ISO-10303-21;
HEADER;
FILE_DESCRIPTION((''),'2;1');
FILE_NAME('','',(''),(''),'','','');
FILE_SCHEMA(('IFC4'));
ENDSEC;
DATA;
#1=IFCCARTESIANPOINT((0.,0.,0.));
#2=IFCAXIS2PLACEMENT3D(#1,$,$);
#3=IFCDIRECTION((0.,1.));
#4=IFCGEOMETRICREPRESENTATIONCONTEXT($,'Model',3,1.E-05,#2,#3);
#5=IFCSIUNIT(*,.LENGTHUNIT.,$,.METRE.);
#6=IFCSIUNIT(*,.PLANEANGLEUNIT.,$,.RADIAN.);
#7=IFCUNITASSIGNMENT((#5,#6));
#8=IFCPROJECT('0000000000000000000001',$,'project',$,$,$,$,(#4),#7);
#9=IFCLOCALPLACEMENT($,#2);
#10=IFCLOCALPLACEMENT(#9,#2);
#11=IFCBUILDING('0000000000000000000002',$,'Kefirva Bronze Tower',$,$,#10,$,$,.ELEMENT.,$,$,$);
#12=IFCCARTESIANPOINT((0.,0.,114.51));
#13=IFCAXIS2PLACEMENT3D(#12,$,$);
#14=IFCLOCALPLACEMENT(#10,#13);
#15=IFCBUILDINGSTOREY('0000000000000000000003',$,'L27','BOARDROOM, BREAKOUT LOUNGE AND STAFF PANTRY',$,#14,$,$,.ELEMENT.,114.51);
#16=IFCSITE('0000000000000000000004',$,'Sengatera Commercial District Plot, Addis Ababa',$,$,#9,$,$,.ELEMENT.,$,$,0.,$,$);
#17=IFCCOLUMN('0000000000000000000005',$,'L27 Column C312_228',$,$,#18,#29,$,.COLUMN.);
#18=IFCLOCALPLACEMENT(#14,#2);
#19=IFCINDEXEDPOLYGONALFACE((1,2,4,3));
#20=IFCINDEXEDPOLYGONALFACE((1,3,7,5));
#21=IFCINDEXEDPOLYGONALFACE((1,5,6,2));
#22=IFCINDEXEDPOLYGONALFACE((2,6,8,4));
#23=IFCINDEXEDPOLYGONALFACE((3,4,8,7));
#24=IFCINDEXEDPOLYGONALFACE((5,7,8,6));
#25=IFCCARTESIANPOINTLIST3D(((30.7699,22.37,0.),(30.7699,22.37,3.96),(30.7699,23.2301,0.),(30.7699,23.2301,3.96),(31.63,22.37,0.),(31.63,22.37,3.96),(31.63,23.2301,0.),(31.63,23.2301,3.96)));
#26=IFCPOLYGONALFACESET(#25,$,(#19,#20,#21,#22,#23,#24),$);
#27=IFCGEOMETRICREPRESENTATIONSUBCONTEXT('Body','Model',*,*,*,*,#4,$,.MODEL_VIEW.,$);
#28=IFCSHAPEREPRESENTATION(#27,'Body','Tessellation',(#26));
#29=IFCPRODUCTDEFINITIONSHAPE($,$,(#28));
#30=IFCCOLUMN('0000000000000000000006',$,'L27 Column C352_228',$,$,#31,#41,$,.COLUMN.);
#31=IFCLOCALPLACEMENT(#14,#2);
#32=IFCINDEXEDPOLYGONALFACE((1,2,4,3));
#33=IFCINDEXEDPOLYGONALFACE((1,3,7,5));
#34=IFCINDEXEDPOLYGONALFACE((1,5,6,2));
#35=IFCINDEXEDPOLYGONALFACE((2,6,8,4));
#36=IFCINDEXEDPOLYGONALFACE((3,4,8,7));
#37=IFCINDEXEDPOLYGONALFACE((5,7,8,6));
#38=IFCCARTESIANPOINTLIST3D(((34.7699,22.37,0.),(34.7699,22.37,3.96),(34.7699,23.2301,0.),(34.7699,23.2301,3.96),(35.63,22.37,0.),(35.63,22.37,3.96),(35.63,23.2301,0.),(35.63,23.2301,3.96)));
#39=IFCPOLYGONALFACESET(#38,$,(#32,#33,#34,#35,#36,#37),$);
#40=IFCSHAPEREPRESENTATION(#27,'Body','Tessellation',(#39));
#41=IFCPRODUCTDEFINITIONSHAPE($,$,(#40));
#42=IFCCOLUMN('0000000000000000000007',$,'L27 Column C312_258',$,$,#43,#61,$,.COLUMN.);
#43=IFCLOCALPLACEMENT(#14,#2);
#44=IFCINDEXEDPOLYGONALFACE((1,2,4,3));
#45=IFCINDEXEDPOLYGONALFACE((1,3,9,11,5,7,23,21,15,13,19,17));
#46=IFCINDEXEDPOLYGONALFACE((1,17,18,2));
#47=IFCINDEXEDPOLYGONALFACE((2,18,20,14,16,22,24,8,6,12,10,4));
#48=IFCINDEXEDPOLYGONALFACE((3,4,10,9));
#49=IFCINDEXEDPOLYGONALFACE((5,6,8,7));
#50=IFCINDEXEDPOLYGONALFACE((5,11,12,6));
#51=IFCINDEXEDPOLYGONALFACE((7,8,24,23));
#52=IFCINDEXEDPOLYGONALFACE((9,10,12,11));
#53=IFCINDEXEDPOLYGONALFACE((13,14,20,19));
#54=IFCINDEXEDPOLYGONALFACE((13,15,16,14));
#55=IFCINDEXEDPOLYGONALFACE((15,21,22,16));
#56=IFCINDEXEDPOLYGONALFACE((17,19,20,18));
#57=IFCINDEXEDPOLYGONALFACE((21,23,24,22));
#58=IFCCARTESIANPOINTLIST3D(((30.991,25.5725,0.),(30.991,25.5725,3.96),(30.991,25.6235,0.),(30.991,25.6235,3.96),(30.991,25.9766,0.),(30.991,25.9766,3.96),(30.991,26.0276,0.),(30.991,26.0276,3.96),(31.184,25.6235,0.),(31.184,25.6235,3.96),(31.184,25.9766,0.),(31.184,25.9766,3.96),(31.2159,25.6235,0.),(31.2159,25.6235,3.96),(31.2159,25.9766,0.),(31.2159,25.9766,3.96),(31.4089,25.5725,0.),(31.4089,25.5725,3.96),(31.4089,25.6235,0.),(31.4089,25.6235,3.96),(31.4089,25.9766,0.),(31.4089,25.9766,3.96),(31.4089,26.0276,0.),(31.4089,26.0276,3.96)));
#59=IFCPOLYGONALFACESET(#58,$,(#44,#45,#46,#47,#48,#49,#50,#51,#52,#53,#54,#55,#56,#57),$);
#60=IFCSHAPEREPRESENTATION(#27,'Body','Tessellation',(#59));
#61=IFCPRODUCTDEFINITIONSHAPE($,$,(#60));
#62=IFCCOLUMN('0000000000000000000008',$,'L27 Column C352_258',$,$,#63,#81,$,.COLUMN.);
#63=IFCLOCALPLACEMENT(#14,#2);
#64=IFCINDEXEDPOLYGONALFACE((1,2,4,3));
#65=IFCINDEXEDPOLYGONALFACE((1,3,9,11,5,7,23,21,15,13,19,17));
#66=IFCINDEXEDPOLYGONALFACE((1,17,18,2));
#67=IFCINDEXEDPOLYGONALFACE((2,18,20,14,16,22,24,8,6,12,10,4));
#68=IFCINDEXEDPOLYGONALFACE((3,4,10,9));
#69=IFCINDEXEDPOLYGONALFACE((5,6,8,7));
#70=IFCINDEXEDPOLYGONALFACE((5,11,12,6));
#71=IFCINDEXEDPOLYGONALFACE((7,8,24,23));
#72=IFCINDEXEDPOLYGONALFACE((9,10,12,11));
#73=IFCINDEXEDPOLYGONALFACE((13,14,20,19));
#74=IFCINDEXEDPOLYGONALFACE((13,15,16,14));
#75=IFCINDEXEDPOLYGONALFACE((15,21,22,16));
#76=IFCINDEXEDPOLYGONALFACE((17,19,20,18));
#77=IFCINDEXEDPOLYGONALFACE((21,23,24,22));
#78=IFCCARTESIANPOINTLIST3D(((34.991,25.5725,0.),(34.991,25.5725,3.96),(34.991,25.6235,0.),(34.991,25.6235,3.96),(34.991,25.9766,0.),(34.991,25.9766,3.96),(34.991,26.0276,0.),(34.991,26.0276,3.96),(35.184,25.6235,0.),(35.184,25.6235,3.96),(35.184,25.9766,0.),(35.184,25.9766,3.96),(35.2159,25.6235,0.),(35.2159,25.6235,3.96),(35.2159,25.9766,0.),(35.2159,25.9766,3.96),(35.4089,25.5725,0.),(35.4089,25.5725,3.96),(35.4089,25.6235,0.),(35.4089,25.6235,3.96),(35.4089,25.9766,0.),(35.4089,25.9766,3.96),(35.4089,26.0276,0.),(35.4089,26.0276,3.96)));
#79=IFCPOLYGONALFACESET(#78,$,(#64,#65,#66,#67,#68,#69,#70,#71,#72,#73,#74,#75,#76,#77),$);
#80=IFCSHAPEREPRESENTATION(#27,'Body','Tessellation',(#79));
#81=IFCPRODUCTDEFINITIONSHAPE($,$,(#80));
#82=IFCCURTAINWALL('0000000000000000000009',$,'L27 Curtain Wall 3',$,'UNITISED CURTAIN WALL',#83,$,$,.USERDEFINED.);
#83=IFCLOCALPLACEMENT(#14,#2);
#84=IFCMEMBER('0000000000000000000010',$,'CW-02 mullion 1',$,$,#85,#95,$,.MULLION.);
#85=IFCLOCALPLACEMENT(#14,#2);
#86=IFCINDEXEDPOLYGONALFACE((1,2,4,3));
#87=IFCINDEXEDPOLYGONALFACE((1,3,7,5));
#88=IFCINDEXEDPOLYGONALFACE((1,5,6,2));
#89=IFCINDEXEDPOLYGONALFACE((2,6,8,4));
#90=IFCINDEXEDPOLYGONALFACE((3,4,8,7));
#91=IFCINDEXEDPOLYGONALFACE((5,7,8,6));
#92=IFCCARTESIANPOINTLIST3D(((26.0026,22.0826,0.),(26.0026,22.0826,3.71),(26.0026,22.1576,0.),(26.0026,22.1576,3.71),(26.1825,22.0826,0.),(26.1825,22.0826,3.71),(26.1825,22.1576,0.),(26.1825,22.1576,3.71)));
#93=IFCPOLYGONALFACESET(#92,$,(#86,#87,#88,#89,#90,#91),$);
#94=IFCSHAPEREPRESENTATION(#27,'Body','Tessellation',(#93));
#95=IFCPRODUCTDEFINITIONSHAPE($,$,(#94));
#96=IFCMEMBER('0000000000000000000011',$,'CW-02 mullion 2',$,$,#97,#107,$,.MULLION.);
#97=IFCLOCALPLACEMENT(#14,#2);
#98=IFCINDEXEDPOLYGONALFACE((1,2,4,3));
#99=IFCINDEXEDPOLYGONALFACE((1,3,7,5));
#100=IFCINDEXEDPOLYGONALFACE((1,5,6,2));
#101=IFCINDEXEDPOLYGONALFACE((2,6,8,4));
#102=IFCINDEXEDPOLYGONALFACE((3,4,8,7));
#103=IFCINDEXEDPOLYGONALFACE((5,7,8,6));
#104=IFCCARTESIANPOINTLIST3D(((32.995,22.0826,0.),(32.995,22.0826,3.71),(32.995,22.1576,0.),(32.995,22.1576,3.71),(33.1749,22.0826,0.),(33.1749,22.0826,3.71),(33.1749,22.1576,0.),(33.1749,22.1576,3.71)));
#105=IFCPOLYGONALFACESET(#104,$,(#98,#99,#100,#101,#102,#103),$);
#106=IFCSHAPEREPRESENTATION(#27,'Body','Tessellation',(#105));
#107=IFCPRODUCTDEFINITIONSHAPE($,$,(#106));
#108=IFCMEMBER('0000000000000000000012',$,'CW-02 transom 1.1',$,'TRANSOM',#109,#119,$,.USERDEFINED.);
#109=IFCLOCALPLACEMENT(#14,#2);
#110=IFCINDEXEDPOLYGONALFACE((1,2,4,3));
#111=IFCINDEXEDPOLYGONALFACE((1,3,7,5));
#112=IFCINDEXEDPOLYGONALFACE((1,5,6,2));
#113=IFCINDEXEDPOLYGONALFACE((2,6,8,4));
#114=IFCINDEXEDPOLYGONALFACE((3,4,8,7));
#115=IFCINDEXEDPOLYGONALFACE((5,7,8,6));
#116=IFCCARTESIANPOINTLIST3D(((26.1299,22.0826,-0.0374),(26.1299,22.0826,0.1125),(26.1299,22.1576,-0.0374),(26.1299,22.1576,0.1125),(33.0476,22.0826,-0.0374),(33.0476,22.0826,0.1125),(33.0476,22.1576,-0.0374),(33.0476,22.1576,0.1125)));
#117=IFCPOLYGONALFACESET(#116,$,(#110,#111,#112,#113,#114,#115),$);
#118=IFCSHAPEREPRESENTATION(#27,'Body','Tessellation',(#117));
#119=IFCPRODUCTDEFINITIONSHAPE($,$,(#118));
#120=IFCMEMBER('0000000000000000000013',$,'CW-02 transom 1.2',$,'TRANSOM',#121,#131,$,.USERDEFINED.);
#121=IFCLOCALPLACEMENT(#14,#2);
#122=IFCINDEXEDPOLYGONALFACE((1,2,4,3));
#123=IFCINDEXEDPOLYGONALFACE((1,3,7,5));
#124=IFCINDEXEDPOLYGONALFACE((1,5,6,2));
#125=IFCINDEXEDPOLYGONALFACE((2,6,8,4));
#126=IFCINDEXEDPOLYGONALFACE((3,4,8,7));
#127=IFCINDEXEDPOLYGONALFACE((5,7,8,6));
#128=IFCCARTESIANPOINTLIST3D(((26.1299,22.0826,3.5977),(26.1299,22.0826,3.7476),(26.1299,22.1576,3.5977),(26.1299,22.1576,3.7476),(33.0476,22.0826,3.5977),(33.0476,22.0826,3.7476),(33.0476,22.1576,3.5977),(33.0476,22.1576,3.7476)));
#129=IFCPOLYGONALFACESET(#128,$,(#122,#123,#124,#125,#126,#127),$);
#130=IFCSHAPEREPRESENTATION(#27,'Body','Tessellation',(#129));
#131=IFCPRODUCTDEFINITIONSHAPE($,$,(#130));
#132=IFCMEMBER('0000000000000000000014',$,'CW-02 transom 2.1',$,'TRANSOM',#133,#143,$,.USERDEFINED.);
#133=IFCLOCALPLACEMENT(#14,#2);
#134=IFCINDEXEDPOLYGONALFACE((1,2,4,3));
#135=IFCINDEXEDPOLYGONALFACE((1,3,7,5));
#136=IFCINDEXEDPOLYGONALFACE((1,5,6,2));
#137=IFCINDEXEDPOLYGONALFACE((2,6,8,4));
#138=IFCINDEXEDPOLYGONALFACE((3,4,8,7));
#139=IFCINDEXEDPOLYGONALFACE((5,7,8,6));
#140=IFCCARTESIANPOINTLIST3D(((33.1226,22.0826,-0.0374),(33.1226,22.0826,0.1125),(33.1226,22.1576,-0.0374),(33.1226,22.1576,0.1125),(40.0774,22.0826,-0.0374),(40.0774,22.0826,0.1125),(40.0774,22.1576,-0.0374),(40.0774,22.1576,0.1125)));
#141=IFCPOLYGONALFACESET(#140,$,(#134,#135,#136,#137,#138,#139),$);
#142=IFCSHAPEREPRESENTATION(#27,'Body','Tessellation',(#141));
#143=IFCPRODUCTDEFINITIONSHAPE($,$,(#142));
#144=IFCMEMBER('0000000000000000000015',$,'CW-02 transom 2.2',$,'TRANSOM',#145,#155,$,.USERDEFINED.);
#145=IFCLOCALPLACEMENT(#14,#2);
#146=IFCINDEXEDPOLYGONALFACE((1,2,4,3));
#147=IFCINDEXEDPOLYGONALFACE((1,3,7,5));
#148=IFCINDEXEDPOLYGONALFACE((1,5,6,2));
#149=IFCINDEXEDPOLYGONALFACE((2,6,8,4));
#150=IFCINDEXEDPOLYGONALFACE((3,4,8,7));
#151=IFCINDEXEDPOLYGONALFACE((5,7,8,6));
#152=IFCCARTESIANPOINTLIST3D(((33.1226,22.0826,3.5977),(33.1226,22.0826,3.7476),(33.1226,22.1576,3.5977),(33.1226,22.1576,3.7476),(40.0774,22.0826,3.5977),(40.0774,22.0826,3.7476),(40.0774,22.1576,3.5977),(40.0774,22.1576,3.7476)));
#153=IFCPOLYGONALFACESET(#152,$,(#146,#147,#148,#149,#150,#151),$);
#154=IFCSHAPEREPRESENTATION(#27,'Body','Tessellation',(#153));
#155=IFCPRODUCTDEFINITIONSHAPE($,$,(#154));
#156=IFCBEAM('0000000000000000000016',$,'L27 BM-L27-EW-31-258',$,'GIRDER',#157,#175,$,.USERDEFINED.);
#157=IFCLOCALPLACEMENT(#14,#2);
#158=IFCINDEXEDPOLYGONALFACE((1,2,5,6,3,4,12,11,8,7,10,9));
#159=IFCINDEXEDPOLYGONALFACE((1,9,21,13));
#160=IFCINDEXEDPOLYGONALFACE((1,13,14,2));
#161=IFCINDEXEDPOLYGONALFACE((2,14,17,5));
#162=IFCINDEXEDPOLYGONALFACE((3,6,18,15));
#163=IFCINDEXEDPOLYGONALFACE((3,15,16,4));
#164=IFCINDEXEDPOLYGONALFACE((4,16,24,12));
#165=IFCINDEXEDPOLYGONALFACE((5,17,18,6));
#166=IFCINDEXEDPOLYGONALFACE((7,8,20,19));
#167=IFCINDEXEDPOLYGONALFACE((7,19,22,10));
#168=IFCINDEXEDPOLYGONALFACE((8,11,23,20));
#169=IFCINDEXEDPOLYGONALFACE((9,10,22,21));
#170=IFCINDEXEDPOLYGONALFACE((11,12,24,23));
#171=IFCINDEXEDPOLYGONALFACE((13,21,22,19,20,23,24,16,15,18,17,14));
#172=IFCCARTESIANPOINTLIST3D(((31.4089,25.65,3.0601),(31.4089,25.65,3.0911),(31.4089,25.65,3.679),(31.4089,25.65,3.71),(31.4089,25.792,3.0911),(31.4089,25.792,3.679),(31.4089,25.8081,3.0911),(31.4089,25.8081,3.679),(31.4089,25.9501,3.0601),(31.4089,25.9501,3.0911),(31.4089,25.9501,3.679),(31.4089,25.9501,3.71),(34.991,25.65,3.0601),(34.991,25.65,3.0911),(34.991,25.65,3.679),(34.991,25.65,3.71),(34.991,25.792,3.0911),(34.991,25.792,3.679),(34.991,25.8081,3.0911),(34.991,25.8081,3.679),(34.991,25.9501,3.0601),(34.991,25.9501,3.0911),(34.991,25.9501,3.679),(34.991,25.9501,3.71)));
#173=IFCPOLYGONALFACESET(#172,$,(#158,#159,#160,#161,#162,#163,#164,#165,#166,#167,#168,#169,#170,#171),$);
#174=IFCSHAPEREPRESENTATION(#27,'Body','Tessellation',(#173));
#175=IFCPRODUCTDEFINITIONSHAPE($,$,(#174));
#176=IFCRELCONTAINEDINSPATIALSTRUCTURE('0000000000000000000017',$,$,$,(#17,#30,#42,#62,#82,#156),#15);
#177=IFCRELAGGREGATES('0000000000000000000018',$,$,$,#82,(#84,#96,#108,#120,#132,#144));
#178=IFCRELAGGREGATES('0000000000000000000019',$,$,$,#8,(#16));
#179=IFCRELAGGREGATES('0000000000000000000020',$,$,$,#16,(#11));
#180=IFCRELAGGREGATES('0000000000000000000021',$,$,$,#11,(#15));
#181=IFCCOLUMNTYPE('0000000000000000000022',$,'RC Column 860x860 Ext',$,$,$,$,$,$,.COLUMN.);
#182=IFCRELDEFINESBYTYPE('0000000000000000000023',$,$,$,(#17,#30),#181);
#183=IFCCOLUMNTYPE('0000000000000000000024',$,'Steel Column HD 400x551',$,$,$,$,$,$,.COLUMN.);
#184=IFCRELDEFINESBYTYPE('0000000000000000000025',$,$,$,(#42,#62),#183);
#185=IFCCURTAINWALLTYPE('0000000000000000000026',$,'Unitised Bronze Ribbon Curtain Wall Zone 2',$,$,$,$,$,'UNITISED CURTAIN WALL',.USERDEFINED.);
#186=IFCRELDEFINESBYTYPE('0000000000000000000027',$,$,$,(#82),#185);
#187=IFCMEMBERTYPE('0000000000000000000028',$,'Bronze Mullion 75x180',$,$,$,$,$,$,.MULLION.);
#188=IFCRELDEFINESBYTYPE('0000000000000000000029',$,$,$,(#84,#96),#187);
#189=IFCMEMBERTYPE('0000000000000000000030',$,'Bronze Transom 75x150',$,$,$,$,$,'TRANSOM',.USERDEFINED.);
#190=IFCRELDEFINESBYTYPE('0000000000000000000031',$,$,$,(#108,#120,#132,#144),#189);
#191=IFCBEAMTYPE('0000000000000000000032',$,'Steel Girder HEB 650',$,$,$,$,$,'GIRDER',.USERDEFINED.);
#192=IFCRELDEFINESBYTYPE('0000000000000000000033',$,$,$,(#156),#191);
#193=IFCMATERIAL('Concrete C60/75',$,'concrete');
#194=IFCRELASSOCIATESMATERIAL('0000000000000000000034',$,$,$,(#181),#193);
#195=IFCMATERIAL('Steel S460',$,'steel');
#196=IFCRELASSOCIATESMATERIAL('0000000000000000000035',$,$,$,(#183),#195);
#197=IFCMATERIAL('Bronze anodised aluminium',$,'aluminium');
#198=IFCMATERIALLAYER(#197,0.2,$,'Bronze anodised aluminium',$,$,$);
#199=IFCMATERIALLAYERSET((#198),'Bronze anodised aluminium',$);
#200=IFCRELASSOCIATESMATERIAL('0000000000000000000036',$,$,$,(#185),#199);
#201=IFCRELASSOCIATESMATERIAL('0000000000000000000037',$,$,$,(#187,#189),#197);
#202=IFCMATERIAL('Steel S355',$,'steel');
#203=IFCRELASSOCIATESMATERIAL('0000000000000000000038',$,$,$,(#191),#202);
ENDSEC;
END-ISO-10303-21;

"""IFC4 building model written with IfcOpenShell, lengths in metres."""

from ifc_helpers import new_model, si_unit, direction, frame, origin, origin_2d, place, context, subcontext, project, spatial, rectangle, i_section, extrude, material, layer, layer_set, material_profile, profile_set, type_object, element, aggregate, save


model = new_model("IFC4")

# Units and contexts
model_context = context("Model", 3, precision=1e-05, world=origin(), true_north=direction((0.0, 1.0)))
body_context = subcontext(model_context, "Body", "Model", "MODEL_VIEW")
ifc_project = project(units=[si_unit("LENGTHUNIT", "METRE"), si_unit("PLANEANGLEUNIT", "RADIAN")], contexts=[model_context])

# Site, building, storey
site_placement = place(None, origin())
site = spatial("IfcSite", under=ifc_project, at=site_placement, Name="Sengatera Commercial District Plot, Addis Ababa", CompositionType="ELEMENT", RefElevation=0.0)
building_placement = place(site_placement, origin())
building = spatial("IfcBuilding", under=site, at=building_placement, Name="Kefirva Bronze Tower", CompositionType="ELEMENT")
storey_placement = place(building_placement, frame((0.0, 0.0, 114.51)))
storey = spatial("IfcBuildingStorey", under=building, at=storey_placement, Name="L27", Description="BOARDROOM, BREAKOUT LOUNGE AND STAFF PANTRY", CompositionType="ELEMENT", Elevation=114.51)

# Columns
ifc_material_1 = material(Name="Concrete C60/75", Category="concrete")
ifc_material_profile_1 = material_profile(ifc_material_1, rectangle(XDim=0.8601, YDim=0.8601, at=origin_2d()), Name="RC 860x860")
ifc_profile_set_1 = profile_set([ifc_material_profile_1], Name="Concrete C60/75")
column_type_1 = type_object("IfcColumnType", Name="RC Column 860x860 Ext", PredefinedType="COLUMN", material=ifc_profile_set_1)
for number, where, z_axis, x_axis, name in (
    (1, (31.2, 22.8, 0.0), (0.0, 0.0, 1.0), (1.0, 0.0, 0.0), "L27 Column C312_228"),
    (2, (35.2, 22.8, 0.0), (0.0, 0.0, 1.0), (1.0, 0.0, 0.0), "L27 Column C352_228"),
):
    element("IfcColumn", number, at=place(storey_placement, frame(where, z_axis=z_axis, x_axis=x_axis)), inside=storey, type_object=column_type_1, Name=name, PredefinedType="COLUMN", context=body_context, shape_type="SweptSolid", body=[
        extrude(rectangle(XDim=0.8601, YDim=0.8601, at=origin_2d()), origin(), (0.0, 0.0, 1.0), 3.96),
    ])
ifc_material_2 = material(Name="Steel S460", Category="steel")
ifc_material_profile_2 = material_profile(ifc_material_2, i_section(OverallWidth=0.418, OverallDepth=0.4551, WebThickness=0.032, FlangeThickness=0.051, at=origin_2d()), Name="HD 400x551")
ifc_profile_set_2 = profile_set([ifc_material_profile_2], Name="Steel S460")
column_type_2 = type_object("IfcColumnType", Name="Steel Column HD 400x551", PredefinedType="COLUMN", material=ifc_profile_set_2)
for number, where, z_axis, x_axis, name in (
    (3, (31.2, 25.8, 0.0), (0.0, 0.0, 1.0), (1.0, 0.0, 0.0), "L27 Column C312_258"),
    (4, (35.2, 25.8, 0.0), (0.0, 0.0, 1.0), (1.0, 0.0, 0.0), "L27 Column C352_258"),
):
    element("IfcColumn", number, at=place(storey_placement, frame(where, z_axis=z_axis, x_axis=x_axis)), inside=storey, type_object=column_type_2, Name=name, PredefinedType="COLUMN", context=body_context, shape_type="SweptSolid", body=[
        extrude(i_section(OverallWidth=0.418, OverallDepth=0.4551, WebThickness=0.032, FlangeThickness=0.051, at=origin_2d()), origin(), (0.0, 0.0, 1.0), 3.96),
    ])

# Curtain wall, members
ifc_material_3 = material(Name="Bronze anodised aluminium", Category="aluminium")
ifc_layer_1 = layer(ifc_material_3, 0.2, Name="Bronze anodised aluminium")
ifc_layer_set_1 = layer_set([ifc_layer_1], Name="Bronze anodised aluminium")
curtain_wall_type = type_object("IfcCurtainWallType", Name="Unitised Bronze Ribbon Curtain Wall Zone 2", ElementType="UNITISED CURTAIN WALL", PredefinedType="USERDEFINED", material=ifc_layer_set_1)
curtain_wall_placement = place(storey_placement, origin())
curtain_wall = element("IfcCurtainWall", 5, at=curtain_wall_placement, inside=storey, type_object=curtain_wall_type, Name="L27 Curtain Wall 3", ObjectType="UNITISED CURTAIN WALL", PredefinedType="USERDEFINED")
ifc_material_profile_3 = material_profile(ifc_material_3, rectangle(XDim=0.075, YDim=0.1799, at=origin_2d()), Name="ALU 75x180")
ifc_profile_set_3 = profile_set([ifc_material_profile_3], Name="Bronze anodised aluminium")
member_type_1 = type_object("IfcMemberType", Name="Bronze Mullion 75x180", PredefinedType="MULLION", material=ifc_profile_set_3)
member_1_placement = place(storey_placement, frame((26.0925, 22.1201, 0.0), z_axis=(0.0, 0.0, 1.0), x_axis=(0.0, 1.0, 0.0)))
member_1 = element("IfcMember", 6, at=member_1_placement, type_object=member_type_1, Name="CW-02 mullion 1", PredefinedType="MULLION", context=body_context, shape_type="SweptSolid", body=[
    extrude(rectangle(XDim=0.075, YDim=0.1799, at=origin_2d()), origin(), (0.0, 0.0, 1.0), 3.71),
])
member_2_placement = place(storey_placement, frame((33.085, 22.1201, 0.0), z_axis=(0.0, 0.0, 1.0), x_axis=(0.0, 1.0, 0.0)))
member_2 = element("IfcMember", 7, at=member_2_placement, type_object=member_type_1, Name="CW-02 mullion 2", PredefinedType="MULLION", context=body_context, shape_type="SweptSolid", body=[
    extrude(rectangle(XDim=0.075, YDim=0.1799, at=origin_2d()), origin(), (0.0, 0.0, 1.0), 3.71),
])
ifc_material_profile_4 = material_profile(ifc_material_3, rectangle(XDim=0.075, YDim=0.1499, at=origin_2d()), Name="ALU 75x150")
ifc_profile_set_4 = profile_set([ifc_material_profile_4], Name="Bronze anodised aluminium")
member_type_2 = type_object("IfcMemberType", Name="Bronze Transom 75x150", ElementType="TRANSOM", PredefinedType="USERDEFINED", material=ifc_profile_set_4)
member_3_placement = place(storey_placement, frame((26.1299, 22.1201, 0.0376), z_axis=(1.0, 0.0, 0.0), x_axis=(0.0, 1.0, 0.0)))
member_3 = element("IfcMember", 8, at=member_3_placement, type_object=member_type_2, Name="CW-02 transom 1.1", ObjectType="TRANSOM", PredefinedType="USERDEFINED", context=body_context, shape_type="SweptSolid", body=[
    extrude(rectangle(XDim=0.075, YDim=0.1499, at=origin_2d()), origin(), (0.0, 0.0, 1.0), 6.9177),
])
member_4_placement = place(storey_placement, frame((26.1299, 22.1201, 3.6726), z_axis=(1.0, 0.0, 0.0), x_axis=(0.0, 1.0, 0.0)))
member_4 = element("IfcMember", 9, at=member_4_placement, type_object=member_type_2, Name="CW-02 transom 1.2", ObjectType="TRANSOM", PredefinedType="USERDEFINED", context=body_context, shape_type="SweptSolid", body=[
    extrude(rectangle(XDim=0.075, YDim=0.1499, at=origin_2d()), origin(), (0.0, 0.0, 1.0), 6.9177),
])
member_5_placement = place(storey_placement, frame((33.1226, 22.1201, 0.0376), z_axis=(1.0, 0.0, 0.0), x_axis=(0.0, 1.0, 0.0)))
member_5 = element("IfcMember", 10, at=member_5_placement, type_object=member_type_2, Name="CW-02 transom 2.1", ObjectType="TRANSOM", PredefinedType="USERDEFINED", context=body_context, shape_type="SweptSolid", body=[
    extrude(rectangle(XDim=0.075, YDim=0.1499, at=origin_2d()), origin(), (0.0, 0.0, 1.0), 6.9548),
])
member_6_placement = place(storey_placement, frame((33.1226, 22.1201, 3.6726), z_axis=(1.0, 0.0, 0.0), x_axis=(0.0, 1.0, 0.0)))
member_6 = element("IfcMember", 11, at=member_6_placement, type_object=member_type_2, Name="CW-02 transom 2.2", ObjectType="TRANSOM", PredefinedType="USERDEFINED", context=body_context, shape_type="SweptSolid", body=[
    extrude(rectangle(XDim=0.075, YDim=0.1499, at=origin_2d()), origin(), (0.0, 0.0, 1.0), 6.9548),
])

# Beam
ifc_material_4 = material(Name="Steel S355", Category="steel")
ifc_material_profile_5 = material_profile(ifc_material_4, i_section(OverallWidth=0.3, OverallDepth=0.6499, WebThickness=0.0161, FlangeThickness=0.031, at=origin_2d()), Name="HEB 650")
ifc_profile_set_5 = profile_set([ifc_material_profile_5], Name="Steel S355")
beam_type_1 = type_object("IfcBeamType", Name="Steel Girder HEB 650", ElementType="GIRDER", PredefinedType="USERDEFINED", material=ifc_profile_set_5)
beam_1_placement = place(storey_placement, frame((31.4089, 25.8, 3.385), z_axis=(1.0, 0.0, 0.0), x_axis=(0.0, 1.0, 0.0)))
element("IfcBeam", 12, at=beam_1_placement, inside=storey, type_object=beam_type_1, Name="L27 BM-L27-EW-31-258", ObjectType="GIRDER", PredefinedType="USERDEFINED", context=body_context, shape_type="SweptSolid", body=[
    extrude(i_section(OverallWidth=0.3, OverallDepth=0.6499, WebThickness=0.0161, FlangeThickness=0.031, at=origin_2d()), origin(), (0.0, 0.0, 1.0), 3.582),
])

aggregate(curtain_wall, [member_1, member_2, member_3, member_4, member_5, member_6])

save(model, "model.ifc")
